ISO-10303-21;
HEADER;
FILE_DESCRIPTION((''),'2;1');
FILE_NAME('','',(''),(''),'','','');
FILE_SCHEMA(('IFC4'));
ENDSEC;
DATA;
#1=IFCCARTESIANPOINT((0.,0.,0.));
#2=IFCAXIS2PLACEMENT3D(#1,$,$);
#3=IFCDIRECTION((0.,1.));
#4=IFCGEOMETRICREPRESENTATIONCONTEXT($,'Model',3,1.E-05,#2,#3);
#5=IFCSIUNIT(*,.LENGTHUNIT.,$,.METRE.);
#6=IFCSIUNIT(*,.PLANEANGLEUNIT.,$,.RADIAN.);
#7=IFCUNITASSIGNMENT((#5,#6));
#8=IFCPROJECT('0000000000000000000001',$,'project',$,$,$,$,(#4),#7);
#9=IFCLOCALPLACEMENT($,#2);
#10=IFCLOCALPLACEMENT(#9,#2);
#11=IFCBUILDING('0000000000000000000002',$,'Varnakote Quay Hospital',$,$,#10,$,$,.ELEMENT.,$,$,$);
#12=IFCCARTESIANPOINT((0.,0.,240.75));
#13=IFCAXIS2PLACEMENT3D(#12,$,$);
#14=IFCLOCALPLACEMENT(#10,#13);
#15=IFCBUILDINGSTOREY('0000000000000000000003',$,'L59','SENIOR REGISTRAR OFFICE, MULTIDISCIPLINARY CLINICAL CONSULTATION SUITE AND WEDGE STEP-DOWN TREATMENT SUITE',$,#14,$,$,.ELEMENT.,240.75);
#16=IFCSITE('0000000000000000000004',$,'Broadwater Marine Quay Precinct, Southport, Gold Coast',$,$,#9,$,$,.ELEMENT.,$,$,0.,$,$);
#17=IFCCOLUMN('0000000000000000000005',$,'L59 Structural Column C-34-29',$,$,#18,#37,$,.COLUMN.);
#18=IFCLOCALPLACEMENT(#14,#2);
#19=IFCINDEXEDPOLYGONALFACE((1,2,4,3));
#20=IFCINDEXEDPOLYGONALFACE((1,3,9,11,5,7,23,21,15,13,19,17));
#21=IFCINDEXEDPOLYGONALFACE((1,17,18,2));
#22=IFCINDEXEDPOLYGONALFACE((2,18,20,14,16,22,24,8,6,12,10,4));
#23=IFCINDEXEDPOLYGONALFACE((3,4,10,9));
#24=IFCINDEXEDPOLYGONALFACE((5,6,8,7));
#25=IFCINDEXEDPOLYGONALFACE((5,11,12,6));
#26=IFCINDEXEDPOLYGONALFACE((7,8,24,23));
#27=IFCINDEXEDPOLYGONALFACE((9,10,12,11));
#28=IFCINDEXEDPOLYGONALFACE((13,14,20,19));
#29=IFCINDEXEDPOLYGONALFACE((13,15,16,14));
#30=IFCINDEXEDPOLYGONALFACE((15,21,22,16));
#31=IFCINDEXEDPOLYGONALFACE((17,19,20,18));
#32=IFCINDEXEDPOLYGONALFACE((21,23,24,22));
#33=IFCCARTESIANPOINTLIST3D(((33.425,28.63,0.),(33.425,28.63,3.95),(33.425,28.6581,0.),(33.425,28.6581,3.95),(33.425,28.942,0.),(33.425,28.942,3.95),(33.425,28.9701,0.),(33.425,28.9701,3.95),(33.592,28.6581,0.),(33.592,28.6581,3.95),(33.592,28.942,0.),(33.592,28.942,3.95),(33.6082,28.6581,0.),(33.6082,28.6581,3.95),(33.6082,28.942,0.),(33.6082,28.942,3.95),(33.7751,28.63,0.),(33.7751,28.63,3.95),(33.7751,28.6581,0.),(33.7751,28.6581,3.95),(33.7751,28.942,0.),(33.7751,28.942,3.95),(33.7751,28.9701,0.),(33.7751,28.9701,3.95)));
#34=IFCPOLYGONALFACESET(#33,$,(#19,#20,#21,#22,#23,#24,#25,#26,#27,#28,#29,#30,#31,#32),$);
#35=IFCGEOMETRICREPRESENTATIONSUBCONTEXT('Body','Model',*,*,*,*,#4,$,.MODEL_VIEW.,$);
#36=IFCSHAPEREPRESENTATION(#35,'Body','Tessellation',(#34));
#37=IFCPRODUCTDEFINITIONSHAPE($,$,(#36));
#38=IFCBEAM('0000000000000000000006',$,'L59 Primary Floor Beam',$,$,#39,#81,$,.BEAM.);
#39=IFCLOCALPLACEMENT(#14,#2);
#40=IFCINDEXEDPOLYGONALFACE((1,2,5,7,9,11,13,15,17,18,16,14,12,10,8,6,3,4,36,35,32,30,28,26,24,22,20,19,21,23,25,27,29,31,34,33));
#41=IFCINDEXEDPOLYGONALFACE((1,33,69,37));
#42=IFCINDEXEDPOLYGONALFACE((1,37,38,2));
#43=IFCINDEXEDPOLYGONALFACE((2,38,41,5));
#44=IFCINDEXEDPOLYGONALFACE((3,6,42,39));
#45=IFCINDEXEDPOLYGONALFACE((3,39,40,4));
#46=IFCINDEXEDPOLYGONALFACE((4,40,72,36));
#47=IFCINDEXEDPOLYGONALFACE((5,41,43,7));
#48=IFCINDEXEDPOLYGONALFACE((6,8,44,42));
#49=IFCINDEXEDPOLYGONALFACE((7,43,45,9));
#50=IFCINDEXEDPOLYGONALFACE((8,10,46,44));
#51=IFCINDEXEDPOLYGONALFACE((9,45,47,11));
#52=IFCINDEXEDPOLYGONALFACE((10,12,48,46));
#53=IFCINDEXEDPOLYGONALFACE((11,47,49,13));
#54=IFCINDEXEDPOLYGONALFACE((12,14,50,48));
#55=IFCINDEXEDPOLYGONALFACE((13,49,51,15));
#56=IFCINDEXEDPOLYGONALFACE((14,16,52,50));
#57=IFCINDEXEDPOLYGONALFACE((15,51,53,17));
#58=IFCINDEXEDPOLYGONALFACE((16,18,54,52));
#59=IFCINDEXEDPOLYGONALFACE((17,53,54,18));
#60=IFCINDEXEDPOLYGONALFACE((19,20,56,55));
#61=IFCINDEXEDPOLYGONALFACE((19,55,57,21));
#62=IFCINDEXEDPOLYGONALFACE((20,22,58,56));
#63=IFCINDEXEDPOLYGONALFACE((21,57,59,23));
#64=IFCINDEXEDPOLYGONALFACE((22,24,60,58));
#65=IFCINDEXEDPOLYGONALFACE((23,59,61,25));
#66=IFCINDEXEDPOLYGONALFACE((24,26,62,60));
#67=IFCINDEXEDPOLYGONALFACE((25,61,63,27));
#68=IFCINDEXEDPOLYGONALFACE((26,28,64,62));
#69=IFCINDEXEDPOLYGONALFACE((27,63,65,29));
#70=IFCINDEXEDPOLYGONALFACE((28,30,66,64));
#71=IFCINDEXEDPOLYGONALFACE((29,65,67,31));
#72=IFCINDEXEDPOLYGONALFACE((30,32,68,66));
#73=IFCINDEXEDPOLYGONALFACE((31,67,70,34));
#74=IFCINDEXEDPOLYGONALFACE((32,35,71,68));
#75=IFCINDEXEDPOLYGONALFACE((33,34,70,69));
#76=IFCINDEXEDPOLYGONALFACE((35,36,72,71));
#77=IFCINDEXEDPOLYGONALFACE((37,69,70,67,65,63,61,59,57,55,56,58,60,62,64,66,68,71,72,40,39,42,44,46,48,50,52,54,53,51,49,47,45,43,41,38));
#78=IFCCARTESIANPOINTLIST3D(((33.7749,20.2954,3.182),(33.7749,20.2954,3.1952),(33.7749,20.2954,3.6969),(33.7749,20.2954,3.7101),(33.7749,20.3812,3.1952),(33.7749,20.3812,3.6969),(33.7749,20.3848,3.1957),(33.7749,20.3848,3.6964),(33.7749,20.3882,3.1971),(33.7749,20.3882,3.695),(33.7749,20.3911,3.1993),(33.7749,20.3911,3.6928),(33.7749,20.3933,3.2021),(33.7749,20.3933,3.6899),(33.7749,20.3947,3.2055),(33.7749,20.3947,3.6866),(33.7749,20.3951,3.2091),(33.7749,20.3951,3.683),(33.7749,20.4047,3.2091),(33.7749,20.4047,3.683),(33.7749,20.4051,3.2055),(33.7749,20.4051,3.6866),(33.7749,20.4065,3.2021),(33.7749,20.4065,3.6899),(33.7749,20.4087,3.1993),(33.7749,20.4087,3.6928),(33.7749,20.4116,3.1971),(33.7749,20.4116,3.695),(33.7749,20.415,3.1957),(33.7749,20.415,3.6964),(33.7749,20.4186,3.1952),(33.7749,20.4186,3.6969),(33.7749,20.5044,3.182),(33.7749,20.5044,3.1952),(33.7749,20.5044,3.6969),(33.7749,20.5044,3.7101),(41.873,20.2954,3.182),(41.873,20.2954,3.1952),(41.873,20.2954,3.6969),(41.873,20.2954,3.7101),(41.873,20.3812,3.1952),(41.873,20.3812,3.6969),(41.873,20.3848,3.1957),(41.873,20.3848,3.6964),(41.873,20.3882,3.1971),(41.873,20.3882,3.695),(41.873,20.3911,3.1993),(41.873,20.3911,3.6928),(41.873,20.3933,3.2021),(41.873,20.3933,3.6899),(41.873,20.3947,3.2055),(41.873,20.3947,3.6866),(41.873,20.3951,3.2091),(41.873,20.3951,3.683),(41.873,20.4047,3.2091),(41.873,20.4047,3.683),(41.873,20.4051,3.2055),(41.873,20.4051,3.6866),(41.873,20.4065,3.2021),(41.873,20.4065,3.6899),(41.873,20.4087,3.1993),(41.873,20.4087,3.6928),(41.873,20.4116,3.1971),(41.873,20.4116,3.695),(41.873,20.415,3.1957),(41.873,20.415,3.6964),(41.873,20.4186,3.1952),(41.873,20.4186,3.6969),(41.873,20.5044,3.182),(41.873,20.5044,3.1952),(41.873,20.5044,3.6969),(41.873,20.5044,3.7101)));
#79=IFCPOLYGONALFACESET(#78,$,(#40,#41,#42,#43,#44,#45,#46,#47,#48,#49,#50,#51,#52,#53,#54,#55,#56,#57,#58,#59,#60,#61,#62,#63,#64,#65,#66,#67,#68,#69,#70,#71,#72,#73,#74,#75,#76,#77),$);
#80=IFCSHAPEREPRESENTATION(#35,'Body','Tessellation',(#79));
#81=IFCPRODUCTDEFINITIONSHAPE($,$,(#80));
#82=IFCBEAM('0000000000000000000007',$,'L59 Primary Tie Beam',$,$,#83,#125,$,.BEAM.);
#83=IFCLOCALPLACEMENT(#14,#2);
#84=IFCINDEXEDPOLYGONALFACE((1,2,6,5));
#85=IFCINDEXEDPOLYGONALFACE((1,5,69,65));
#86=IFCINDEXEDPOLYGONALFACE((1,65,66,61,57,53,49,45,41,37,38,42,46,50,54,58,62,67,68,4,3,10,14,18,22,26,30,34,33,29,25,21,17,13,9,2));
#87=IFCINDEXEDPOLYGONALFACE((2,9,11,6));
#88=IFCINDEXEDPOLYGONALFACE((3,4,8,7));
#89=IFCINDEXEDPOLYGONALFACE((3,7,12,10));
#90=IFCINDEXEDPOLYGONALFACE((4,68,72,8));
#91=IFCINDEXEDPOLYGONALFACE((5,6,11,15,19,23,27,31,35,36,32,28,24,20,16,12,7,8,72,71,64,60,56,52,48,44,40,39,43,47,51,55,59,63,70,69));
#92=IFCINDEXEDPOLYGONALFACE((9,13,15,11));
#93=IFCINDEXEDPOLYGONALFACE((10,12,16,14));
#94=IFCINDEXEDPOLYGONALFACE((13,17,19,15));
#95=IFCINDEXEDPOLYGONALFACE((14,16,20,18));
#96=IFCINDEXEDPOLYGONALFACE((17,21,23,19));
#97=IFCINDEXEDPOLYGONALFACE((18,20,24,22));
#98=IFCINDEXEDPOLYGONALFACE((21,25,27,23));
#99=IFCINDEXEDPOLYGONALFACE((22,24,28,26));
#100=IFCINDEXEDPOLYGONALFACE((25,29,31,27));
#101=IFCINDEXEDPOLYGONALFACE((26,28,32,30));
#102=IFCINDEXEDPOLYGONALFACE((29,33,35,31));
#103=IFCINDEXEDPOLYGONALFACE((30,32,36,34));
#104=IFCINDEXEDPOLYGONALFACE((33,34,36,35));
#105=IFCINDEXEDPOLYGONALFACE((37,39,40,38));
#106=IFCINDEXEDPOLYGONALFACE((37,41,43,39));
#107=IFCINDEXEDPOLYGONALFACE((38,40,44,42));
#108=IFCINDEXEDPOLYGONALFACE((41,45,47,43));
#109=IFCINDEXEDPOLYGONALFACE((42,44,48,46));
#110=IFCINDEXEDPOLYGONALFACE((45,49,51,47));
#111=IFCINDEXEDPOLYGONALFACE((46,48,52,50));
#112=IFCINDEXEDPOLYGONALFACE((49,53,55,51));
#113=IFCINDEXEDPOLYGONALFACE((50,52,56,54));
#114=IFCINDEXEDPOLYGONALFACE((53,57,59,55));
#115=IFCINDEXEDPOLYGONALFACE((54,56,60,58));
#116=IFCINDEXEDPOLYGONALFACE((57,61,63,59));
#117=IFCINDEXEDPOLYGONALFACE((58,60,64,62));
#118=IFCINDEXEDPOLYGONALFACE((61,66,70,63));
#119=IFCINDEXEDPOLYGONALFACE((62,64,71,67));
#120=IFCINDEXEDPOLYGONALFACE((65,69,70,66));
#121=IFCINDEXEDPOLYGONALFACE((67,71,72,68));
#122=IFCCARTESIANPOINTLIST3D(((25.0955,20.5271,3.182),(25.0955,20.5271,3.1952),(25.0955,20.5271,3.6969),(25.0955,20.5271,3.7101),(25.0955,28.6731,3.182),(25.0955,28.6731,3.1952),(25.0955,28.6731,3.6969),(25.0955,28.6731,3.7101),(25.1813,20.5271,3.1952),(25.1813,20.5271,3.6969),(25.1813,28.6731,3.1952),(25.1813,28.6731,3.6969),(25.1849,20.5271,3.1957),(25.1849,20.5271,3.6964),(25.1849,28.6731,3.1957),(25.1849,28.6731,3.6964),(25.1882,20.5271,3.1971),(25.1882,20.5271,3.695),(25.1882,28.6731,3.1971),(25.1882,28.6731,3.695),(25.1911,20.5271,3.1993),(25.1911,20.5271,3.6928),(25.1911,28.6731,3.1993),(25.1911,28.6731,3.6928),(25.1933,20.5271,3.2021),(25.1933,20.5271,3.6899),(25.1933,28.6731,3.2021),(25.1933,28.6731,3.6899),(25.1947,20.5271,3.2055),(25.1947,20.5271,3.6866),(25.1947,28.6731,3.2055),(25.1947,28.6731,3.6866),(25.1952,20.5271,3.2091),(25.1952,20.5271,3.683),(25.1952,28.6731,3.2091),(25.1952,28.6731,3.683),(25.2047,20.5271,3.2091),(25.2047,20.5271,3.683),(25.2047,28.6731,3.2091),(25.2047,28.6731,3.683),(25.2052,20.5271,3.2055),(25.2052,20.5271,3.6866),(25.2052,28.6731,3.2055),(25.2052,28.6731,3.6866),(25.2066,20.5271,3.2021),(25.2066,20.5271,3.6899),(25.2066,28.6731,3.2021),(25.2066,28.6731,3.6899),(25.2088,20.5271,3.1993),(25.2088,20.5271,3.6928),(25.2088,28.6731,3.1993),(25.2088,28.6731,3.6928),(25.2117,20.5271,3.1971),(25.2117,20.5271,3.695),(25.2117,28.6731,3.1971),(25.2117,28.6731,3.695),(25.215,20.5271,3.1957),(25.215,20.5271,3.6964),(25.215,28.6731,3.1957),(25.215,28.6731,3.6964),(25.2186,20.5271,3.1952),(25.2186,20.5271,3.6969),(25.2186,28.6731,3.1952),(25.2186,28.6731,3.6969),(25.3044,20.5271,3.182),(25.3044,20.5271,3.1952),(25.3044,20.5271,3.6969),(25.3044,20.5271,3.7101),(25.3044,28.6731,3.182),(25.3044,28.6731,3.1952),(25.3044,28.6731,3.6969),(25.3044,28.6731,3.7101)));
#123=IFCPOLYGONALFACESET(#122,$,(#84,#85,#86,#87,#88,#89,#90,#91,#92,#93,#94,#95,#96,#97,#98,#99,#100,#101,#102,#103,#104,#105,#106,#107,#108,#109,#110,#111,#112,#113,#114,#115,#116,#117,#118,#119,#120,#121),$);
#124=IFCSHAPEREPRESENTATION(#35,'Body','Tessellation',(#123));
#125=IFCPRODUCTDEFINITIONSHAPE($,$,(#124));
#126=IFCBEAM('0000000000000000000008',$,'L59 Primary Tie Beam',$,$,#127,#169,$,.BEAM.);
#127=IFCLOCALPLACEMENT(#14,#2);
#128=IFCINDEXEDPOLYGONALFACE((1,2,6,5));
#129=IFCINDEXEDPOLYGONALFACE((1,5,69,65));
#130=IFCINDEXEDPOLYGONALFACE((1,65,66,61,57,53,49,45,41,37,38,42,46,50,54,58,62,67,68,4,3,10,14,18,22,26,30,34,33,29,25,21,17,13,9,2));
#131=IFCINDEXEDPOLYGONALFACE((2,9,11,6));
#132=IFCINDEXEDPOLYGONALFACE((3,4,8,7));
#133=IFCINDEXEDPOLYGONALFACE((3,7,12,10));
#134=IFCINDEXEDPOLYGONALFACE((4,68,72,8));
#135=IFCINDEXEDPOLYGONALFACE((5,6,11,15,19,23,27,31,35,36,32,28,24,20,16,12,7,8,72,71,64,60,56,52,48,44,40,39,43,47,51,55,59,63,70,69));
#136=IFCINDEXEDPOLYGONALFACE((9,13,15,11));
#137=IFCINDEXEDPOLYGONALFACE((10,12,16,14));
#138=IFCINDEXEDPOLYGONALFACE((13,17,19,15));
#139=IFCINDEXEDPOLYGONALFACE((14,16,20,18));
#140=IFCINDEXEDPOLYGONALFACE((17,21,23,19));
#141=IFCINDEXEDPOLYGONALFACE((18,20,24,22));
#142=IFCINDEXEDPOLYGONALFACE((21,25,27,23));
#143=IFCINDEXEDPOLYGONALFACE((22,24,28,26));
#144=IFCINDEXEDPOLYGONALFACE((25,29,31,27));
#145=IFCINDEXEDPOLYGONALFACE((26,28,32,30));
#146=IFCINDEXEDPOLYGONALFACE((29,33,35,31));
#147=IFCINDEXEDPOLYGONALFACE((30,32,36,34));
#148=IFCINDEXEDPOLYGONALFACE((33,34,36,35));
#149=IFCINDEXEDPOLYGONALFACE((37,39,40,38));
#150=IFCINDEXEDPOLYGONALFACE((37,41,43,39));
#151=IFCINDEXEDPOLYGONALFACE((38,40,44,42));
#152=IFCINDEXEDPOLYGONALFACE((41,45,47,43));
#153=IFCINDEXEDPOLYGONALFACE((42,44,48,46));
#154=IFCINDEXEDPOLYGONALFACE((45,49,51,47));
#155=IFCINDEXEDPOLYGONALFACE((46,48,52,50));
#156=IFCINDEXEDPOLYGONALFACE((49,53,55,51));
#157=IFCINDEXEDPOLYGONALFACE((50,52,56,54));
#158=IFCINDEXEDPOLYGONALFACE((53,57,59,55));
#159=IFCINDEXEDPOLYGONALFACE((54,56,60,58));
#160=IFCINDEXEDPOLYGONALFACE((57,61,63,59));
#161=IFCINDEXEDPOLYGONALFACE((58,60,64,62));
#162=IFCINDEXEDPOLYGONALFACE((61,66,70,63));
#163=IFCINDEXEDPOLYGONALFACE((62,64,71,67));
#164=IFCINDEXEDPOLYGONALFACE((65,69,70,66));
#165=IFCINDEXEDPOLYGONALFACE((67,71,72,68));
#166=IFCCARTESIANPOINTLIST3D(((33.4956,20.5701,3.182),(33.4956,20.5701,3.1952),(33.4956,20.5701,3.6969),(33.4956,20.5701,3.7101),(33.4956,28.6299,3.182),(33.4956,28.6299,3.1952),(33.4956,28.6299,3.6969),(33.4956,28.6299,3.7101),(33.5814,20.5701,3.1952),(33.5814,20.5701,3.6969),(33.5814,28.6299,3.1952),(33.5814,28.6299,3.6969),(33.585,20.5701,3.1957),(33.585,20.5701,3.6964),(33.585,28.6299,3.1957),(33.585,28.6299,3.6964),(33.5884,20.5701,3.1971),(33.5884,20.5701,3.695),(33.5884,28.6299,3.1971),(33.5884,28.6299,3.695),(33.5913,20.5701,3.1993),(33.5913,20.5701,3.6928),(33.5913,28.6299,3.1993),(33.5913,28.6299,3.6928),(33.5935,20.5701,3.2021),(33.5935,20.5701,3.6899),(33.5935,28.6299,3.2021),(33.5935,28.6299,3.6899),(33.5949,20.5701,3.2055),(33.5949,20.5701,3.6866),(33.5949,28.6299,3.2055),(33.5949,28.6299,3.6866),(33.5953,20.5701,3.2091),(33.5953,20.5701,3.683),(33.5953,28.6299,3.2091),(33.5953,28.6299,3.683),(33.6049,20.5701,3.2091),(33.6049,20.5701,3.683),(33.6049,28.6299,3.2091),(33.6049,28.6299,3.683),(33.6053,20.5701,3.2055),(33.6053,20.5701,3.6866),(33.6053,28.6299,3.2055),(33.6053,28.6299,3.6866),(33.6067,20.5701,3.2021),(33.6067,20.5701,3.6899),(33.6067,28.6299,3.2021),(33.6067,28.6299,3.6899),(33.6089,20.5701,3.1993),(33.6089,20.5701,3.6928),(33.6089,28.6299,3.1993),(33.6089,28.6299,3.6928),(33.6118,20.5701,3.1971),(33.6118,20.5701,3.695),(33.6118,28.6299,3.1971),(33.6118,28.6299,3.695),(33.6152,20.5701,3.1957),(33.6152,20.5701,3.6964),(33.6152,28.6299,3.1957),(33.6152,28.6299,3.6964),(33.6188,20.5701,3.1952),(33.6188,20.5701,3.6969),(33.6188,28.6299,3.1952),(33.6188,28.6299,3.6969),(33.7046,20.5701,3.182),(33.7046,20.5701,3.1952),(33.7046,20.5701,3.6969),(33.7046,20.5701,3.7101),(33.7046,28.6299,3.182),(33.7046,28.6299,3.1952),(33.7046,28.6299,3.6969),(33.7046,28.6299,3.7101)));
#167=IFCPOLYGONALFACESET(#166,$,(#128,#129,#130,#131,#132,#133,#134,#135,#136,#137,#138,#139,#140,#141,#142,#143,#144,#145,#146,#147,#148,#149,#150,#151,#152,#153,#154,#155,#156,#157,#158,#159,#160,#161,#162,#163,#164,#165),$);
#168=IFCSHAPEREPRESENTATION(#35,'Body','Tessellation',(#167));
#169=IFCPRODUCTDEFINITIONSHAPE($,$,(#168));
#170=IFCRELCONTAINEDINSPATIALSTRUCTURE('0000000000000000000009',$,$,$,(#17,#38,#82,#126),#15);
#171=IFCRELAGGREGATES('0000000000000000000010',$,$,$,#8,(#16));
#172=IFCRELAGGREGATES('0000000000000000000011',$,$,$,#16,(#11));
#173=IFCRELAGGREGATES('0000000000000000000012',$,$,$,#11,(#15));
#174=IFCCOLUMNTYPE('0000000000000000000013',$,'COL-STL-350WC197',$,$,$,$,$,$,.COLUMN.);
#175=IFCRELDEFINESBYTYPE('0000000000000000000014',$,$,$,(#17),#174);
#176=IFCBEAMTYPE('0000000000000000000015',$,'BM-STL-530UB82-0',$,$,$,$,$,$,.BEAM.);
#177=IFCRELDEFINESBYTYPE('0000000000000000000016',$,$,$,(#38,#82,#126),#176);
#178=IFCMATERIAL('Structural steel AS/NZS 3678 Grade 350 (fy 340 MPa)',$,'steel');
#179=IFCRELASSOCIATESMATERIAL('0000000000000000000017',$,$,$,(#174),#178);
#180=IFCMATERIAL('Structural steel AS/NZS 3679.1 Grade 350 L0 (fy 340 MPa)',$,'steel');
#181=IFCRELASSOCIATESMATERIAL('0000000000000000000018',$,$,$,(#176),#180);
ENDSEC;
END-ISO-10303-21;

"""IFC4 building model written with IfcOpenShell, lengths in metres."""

from ifc_helpers import new_model, si_unit, direction, frame, origin, origin_2d, place, context, subcontext, project, spatial, i_section, extrude, material, material_profile, profile_set, type_object, element, save


model = new_model("IFC4")

# Units and contexts
model_context = context("Model", 3, precision=1e-05, world=origin(), true_north=direction((0.0, 1.0)))
body_context = subcontext(model_context, "Body", "Model", "MODEL_VIEW")
ifc_project = project(units=[si_unit("LENGTHUNIT", "METRE"), si_unit("PLANEANGLEUNIT", "RADIAN")], contexts=[model_context])

# Site, building, storey
site_placement = place(None, origin())
site = spatial("IfcSite", under=ifc_project, at=site_placement, Name="Broadwater Marine Quay Precinct, Southport, Gold Coast", CompositionType="ELEMENT", RefElevation=0.0)
building_placement = place(site_placement, origin())
building = spatial("IfcBuilding", under=site, at=building_placement, Name="Varnakote Quay Hospital", CompositionType="ELEMENT")
storey_placement = place(building_placement, frame((0.0, 0.0, 240.75)))
storey = spatial("IfcBuildingStorey", under=building, at=storey_placement, Name="L59", Description="SENIOR REGISTRAR OFFICE, MULTIDISCIPLINARY CLINICAL CONSULTATION SUITE AND WEDGE STEP-DOWN TREATMENT SUITE", CompositionType="ELEMENT", Elevation=240.75)

# Column
ifc_material_1 = material(Name="Structural steel AS/NZS 3678 Grade 350 (fy 340 MPa)", Category="steel")
ifc_material_profile_1 = material_profile(ifc_material_1, i_section(OverallWidth=0.3501, OverallDepth=0.3401, WebThickness=0.0161, FlangeThickness=0.0281, at=origin_2d()), Name="350WC197")
ifc_profile_set_1 = profile_set([ifc_material_profile_1], Name="Structural steel AS/NZS 3678 Grade 350 (fy 340 MPa)")
column_type = type_object("IfcColumnType", Name="COL-STL-350WC197", PredefinedType="COLUMN", material=ifc_profile_set_1)
column_placement = place(storey_placement, frame((33.6001, 28.8, 0.0), z_axis=(0.0, 0.0, 1.0), x_axis=(1.0, 0.0, 0.0)))
element("IfcColumn", 1, at=column_placement, inside=storey, type_object=column_type, Name="L59 Structural Column C-34-29", PredefinedType="COLUMN", context=body_context, shape_type="SweptSolid", body=[
    extrude(i_section(OverallWidth=0.3501, OverallDepth=0.3401, WebThickness=0.0161, FlangeThickness=0.0281, at=origin_2d()), origin(), (0.0, 0.0, 1.0), 3.95),
])

# Beams
ifc_material_2 = material(Name="Structural steel AS/NZS 3679.1 Grade 350 L0 (fy 340 MPa)", Category="steel")
ifc_material_profile_2 = material_profile(ifc_material_2, i_section(OverallWidth=0.209, OverallDepth=0.5281, WebThickness=0.0095, FlangeThickness=0.0132, FilletRadius=0.0139, at=origin_2d()), Name="530UB82.0")
ifc_profile_set_2 = profile_set([ifc_material_profile_2], Name="Structural steel AS/NZS 3679.1 Grade 350 L0 (fy 340 MPa)")
beam_type_1 = type_object("IfcBeamType", Name="BM-STL-530UB82-0", PredefinedType="BEAM", material=ifc_profile_set_2)
beam_1_placement = place(storey_placement, frame((33.7749, 20.3999, 3.446), z_axis=(1.0, 0.0, 0.0), x_axis=(0.0, 1.0, 0.0)))
element("IfcBeam", 2, at=beam_1_placement, inside=storey, type_object=beam_type_1, Name="L59 Primary Floor Beam", PredefinedType="BEAM", context=body_context, shape_type="SweptSolid", body=[
    extrude(i_section(OverallWidth=0.209, OverallDepth=0.5281, WebThickness=0.0095, FlangeThickness=0.0132, FilletRadius=0.0139, at=origin_2d()), origin(), (0.0, 0.0, 1.0), 8.0981),
])
beam_2_placement = place(storey_placement, frame((25.2, 20.5271, 3.446), z_axis=(0.0, 1.0, 0.0), x_axis=(-1.0, 0.0, 0.0)))
element("IfcBeam", 3, at=beam_2_placement, inside=storey, type_object=beam_type_1, Name="L59 Primary Tie Beam", PredefinedType="BEAM", context=body_context, shape_type="SweptSolid", body=[
    extrude(i_section(OverallWidth=0.209, OverallDepth=0.5281, WebThickness=0.0095, FlangeThickness=0.0132, FilletRadius=0.0139, at=origin_2d()), origin(), (0.0, 0.0, 1.0), 8.146),
])
beam_3_placement = place(storey_placement, frame((33.6001, 20.5701, 3.446), z_axis=(0.0, 1.0, 0.0), x_axis=(-1.0, 0.0, 0.0)))
element("IfcBeam", 4, at=beam_3_placement, inside=storey, type_object=beam_type_1, Name="L59 Primary Tie Beam", PredefinedType="BEAM", context=body_context, shape_type="SweptSolid", body=[
    extrude(i_section(OverallWidth=0.209, OverallDepth=0.5281, WebThickness=0.0095, FlangeThickness=0.0132, FilletRadius=0.0139, at=origin_2d()), origin(), (0.0, 0.0, 1.0), 8.0598),
])

save(model, "model.ifc")
